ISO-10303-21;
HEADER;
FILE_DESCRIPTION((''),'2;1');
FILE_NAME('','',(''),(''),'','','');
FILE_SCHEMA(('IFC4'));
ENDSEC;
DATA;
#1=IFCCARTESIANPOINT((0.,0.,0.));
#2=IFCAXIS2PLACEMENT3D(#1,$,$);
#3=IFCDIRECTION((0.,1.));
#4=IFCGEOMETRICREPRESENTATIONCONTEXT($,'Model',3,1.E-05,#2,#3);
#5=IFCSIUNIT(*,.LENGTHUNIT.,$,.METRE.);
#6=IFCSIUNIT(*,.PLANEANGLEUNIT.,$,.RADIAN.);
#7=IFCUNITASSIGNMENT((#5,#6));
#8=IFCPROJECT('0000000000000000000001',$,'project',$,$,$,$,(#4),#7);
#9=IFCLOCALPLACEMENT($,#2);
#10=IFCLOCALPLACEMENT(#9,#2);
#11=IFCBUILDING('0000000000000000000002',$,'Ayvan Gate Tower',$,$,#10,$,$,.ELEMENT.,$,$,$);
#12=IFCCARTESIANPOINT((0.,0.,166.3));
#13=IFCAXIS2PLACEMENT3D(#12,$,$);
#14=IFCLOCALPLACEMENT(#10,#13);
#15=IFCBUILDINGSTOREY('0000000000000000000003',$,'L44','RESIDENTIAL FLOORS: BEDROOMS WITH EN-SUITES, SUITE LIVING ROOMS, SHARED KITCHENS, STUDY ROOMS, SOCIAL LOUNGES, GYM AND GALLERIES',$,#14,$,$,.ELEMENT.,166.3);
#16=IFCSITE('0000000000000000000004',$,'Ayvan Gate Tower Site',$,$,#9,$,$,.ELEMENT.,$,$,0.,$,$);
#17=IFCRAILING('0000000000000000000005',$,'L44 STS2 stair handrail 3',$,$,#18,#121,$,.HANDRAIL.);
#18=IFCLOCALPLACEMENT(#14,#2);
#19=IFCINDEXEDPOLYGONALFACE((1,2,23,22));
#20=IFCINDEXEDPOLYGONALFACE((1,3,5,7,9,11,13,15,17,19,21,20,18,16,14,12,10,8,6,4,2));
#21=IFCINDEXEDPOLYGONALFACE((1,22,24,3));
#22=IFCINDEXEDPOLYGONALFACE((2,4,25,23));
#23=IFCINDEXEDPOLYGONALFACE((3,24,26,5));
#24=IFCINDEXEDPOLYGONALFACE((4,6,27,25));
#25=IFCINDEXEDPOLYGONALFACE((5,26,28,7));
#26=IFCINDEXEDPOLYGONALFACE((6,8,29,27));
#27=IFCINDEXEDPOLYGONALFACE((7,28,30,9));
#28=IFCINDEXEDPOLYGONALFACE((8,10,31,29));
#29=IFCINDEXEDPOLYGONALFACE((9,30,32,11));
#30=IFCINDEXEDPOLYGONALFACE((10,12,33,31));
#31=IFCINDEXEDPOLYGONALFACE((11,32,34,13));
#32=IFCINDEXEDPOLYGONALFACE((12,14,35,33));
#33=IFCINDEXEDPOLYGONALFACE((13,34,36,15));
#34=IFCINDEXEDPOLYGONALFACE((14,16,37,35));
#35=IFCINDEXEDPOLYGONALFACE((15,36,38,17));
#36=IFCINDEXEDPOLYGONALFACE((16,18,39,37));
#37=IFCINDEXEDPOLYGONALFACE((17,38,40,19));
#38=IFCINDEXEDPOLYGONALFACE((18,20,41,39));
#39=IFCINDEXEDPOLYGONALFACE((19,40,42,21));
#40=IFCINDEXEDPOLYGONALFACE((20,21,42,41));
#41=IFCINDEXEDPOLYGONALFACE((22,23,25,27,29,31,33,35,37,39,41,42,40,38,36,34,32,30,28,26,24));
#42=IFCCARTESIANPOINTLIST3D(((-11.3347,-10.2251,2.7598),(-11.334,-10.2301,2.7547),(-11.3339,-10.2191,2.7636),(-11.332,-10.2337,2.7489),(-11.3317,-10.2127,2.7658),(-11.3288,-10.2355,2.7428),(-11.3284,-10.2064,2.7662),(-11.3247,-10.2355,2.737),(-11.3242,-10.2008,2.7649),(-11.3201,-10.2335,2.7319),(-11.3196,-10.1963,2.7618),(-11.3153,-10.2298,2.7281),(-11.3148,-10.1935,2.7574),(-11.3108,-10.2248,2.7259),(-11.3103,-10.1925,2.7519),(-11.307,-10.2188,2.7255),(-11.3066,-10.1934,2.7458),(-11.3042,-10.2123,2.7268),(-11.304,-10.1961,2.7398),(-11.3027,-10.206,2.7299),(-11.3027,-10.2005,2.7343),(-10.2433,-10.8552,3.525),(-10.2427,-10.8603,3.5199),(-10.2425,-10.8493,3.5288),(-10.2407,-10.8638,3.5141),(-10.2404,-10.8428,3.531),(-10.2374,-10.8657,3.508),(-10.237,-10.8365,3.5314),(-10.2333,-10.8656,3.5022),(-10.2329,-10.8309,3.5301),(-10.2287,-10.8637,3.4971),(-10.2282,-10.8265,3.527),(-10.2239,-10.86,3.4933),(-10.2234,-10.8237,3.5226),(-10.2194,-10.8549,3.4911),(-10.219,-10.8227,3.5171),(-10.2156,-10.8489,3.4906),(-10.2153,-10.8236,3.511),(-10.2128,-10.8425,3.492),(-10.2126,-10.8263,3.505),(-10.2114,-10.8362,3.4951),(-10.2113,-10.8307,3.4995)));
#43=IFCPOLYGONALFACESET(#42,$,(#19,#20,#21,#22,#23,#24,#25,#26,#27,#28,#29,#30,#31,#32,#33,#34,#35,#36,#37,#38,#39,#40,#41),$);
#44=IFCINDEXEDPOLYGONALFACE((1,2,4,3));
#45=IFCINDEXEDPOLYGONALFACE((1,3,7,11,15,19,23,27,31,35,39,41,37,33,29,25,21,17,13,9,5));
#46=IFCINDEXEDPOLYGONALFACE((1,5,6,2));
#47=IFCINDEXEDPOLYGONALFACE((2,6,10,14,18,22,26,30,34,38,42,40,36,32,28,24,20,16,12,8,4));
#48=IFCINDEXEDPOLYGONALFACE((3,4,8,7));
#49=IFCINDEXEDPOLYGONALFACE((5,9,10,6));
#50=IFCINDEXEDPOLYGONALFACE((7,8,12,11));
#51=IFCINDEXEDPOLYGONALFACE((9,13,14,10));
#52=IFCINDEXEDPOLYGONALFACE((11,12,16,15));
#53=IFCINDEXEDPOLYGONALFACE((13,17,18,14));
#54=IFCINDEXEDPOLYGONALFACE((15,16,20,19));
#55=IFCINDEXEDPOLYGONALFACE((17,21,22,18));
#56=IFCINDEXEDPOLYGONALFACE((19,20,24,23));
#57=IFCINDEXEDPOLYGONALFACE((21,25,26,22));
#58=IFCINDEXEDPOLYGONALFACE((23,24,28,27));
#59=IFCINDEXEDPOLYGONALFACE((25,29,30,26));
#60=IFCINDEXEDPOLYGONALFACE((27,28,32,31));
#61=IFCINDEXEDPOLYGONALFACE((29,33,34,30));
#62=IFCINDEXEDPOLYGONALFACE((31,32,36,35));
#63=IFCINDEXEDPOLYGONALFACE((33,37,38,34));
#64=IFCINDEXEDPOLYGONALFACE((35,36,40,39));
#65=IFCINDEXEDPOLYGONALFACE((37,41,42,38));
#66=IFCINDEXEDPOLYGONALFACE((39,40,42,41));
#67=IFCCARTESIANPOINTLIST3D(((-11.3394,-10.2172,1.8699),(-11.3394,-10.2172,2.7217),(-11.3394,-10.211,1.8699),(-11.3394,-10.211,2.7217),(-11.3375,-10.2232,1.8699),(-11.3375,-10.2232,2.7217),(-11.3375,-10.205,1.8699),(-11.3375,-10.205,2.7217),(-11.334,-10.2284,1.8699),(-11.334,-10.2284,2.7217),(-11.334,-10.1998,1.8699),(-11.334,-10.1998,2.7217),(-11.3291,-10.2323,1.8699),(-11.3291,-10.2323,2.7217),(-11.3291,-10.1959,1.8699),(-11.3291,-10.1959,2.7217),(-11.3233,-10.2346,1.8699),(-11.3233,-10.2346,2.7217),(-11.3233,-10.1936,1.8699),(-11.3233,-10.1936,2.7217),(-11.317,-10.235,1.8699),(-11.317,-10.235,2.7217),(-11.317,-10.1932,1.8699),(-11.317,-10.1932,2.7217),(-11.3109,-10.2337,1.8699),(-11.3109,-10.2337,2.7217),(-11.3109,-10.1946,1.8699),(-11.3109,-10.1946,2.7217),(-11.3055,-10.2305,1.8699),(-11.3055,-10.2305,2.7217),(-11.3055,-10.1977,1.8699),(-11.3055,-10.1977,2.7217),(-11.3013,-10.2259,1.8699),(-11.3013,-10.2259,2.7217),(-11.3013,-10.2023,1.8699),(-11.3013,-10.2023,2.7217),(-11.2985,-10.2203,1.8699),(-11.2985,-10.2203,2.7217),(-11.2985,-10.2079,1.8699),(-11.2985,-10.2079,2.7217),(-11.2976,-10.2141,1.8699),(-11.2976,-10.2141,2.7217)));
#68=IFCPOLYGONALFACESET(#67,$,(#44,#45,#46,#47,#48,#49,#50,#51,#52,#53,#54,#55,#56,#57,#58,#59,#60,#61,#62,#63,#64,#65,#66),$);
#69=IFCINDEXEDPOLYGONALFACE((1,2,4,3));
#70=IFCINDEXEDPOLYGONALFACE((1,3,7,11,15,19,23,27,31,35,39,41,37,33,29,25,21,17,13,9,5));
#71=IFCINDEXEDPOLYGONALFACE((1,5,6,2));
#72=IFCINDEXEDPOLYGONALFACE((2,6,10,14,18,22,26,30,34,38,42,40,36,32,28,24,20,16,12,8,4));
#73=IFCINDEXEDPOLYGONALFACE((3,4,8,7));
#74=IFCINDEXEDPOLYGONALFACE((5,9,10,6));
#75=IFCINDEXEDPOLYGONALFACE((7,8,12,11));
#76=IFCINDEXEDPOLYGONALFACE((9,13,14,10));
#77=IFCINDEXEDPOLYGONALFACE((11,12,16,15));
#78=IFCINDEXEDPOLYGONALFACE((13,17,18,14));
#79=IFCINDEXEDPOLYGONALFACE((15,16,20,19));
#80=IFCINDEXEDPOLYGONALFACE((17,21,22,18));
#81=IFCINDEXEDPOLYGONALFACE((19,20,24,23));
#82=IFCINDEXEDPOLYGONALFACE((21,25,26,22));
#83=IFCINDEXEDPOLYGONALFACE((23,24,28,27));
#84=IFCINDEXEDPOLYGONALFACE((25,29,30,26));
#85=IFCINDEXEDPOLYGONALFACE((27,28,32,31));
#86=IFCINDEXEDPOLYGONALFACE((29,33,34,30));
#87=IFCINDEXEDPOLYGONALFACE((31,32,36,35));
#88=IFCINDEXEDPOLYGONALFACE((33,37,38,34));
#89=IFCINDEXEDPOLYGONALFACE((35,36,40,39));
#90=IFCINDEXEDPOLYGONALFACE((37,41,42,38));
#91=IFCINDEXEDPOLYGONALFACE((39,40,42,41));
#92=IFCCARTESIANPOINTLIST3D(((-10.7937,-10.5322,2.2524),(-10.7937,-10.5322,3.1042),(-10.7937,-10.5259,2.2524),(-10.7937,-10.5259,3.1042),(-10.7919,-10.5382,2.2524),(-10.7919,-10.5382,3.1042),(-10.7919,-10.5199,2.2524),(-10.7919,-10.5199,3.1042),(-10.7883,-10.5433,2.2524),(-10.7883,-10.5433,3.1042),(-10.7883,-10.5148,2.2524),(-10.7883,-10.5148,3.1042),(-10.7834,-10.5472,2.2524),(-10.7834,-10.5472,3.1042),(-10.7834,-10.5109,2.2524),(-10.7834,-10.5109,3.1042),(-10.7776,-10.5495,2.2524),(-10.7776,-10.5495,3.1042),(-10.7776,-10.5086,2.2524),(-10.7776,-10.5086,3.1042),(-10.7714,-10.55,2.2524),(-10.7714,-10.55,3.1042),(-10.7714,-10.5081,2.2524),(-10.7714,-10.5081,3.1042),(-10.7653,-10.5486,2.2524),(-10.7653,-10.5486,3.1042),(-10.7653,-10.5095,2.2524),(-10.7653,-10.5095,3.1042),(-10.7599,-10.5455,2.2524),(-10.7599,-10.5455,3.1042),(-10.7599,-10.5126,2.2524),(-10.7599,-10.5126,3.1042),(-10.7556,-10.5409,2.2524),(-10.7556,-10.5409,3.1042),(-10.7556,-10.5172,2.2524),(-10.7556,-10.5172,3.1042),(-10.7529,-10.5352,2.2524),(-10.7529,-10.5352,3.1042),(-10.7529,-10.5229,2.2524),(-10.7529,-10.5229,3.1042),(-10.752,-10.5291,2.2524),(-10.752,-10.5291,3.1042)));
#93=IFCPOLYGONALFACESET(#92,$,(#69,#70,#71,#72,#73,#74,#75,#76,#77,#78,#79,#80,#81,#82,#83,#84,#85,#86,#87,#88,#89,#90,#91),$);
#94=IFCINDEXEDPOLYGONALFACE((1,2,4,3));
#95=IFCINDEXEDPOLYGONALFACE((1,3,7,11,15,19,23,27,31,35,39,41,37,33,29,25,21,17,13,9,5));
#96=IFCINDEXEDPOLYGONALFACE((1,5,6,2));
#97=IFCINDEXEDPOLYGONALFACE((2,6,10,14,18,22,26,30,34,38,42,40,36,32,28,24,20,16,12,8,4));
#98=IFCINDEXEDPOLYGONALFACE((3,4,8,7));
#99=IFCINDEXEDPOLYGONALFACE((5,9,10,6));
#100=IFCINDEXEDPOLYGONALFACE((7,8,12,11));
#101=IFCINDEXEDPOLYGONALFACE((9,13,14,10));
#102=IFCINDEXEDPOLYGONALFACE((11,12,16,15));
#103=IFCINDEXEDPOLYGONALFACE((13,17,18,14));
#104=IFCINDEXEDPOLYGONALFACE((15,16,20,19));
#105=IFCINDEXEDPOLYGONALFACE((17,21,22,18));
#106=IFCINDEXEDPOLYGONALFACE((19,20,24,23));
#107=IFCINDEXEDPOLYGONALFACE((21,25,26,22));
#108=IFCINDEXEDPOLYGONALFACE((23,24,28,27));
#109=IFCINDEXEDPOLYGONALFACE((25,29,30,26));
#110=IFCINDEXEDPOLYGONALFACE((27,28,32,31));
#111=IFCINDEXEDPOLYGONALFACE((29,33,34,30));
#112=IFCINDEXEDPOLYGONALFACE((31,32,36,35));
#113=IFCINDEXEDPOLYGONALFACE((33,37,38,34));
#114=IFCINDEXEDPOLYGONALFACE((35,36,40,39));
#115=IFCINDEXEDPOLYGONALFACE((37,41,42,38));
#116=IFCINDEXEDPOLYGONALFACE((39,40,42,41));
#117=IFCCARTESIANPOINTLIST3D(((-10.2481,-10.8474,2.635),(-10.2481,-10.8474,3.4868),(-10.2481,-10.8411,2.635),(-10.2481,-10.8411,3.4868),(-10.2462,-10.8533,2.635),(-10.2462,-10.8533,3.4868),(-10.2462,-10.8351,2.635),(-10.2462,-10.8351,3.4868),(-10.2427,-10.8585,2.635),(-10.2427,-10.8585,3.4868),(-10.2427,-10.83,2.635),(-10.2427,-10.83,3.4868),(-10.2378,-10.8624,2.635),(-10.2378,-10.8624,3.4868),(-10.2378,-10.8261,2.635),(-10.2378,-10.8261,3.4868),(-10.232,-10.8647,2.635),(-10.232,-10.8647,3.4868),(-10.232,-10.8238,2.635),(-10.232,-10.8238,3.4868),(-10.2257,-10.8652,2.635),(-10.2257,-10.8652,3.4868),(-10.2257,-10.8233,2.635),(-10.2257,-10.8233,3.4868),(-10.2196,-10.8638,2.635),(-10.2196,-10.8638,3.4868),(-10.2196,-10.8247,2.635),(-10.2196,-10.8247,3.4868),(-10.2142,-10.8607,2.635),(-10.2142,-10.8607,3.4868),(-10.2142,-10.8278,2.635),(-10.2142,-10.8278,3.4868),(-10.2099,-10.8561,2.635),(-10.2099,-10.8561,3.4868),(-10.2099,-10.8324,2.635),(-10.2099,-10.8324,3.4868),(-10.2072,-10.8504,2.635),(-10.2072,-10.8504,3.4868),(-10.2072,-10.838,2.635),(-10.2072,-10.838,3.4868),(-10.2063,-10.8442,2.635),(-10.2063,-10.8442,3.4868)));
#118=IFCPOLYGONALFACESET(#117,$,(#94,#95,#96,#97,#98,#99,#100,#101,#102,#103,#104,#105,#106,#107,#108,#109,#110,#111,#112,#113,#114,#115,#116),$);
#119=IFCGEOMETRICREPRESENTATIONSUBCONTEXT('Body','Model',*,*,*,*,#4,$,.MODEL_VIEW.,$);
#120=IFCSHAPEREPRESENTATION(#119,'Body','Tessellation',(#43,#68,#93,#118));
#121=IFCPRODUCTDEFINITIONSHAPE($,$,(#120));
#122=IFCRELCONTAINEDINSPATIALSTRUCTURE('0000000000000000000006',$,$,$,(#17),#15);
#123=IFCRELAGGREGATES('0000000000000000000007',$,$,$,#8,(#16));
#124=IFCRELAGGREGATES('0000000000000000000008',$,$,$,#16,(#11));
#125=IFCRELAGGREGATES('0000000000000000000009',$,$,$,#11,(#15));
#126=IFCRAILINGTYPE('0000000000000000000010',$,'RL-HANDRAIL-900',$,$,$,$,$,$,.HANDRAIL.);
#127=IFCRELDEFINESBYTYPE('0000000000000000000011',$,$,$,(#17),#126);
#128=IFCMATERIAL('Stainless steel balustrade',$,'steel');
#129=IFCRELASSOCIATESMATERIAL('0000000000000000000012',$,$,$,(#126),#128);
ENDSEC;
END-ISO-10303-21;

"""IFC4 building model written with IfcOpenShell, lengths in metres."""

from ifc_helpers import new_model, si_unit, direction, frame, origin, origin_2d, place, context, subcontext, project, spatial, circle, extrude, material, type_object, element, save


model = new_model("IFC4")

# Units and contexts
model_context = context("Model", 3, precision=1e-05, world=origin(), true_north=direction((0.0, 1.0)))
body_context = subcontext(model_context, "Body", "Model", "MODEL_VIEW")
ifc_project = project(units=[si_unit("LENGTHUNIT", "METRE"), si_unit("PLANEANGLEUNIT", "RADIAN")], contexts=[model_context])

# Site, building, storey
site_placement = place(None, origin())
site = spatial("IfcSite", under=ifc_project, at=site_placement, Name="Ayvan Gate Tower Site", CompositionType="ELEMENT", RefElevation=0.0)
building_placement = place(site_placement, origin())
building = spatial("IfcBuilding", under=site, at=building_placement, Name="Ayvan Gate Tower", CompositionType="ELEMENT")
storey_placement = place(building_placement, frame((0.0, 0.0, 166.3)))
storey = spatial("IfcBuildingStorey", under=building, at=storey_placement, Name="L44", Description="RESIDENTIAL FLOORS: BEDROOMS WITH EN-SUITES, SUITE LIVING ROOMS, SHARED KITCHENS, STUDY ROOMS, SOCIAL LOUNGES, GYM AND GALLERIES", CompositionType="ELEMENT", Elevation=166.3)

# Railing
ifc_material_1 = material(Name="Stainless steel balustrade", Category="steel")
railing_type_1 = type_object("IfcRailingType", Name="RL-HANDRAIL-900", PredefinedType="HANDRAIL", material=ifc_material_1)
railing_1_placement = place(storey_placement, frame((-11.3186, -10.2141, 1.8699)))
element("IfcRailing", 1, at=railing_1_placement, inside=storey, type_object=railing_type_1, Name="L44 STS2 stair handrail 3", PredefinedType="HANDRAIL", context=body_context, shape_type="SweptSolid", body=[
    extrude(circle(Radius=0.0239, at=origin_2d()), frame((0.0, 0.0, 0.876), z_axis=(0.740241, -0.427419, 0.518996), x_axis=(0.500035, 0.866005, 0.0)), (0.0, 0.0, 1.0), 1.4744),
    extrude(circle(Radius=0.021, at=origin_2d()), origin(), (0.0, 0.0, 1.0), 0.8518),
    extrude(circle(Radius=0.021, at=origin_2d()), frame((0.5457, -0.3149, 0.3826)), (0.0, 0.0, 1.0), 0.8518),
    extrude(circle(Radius=0.021, at=origin_2d()), frame((1.0913, -0.6301, 0.7651)), (0.0, 0.0, 1.0), 0.8518),
])

save(model, "model.ifc")
